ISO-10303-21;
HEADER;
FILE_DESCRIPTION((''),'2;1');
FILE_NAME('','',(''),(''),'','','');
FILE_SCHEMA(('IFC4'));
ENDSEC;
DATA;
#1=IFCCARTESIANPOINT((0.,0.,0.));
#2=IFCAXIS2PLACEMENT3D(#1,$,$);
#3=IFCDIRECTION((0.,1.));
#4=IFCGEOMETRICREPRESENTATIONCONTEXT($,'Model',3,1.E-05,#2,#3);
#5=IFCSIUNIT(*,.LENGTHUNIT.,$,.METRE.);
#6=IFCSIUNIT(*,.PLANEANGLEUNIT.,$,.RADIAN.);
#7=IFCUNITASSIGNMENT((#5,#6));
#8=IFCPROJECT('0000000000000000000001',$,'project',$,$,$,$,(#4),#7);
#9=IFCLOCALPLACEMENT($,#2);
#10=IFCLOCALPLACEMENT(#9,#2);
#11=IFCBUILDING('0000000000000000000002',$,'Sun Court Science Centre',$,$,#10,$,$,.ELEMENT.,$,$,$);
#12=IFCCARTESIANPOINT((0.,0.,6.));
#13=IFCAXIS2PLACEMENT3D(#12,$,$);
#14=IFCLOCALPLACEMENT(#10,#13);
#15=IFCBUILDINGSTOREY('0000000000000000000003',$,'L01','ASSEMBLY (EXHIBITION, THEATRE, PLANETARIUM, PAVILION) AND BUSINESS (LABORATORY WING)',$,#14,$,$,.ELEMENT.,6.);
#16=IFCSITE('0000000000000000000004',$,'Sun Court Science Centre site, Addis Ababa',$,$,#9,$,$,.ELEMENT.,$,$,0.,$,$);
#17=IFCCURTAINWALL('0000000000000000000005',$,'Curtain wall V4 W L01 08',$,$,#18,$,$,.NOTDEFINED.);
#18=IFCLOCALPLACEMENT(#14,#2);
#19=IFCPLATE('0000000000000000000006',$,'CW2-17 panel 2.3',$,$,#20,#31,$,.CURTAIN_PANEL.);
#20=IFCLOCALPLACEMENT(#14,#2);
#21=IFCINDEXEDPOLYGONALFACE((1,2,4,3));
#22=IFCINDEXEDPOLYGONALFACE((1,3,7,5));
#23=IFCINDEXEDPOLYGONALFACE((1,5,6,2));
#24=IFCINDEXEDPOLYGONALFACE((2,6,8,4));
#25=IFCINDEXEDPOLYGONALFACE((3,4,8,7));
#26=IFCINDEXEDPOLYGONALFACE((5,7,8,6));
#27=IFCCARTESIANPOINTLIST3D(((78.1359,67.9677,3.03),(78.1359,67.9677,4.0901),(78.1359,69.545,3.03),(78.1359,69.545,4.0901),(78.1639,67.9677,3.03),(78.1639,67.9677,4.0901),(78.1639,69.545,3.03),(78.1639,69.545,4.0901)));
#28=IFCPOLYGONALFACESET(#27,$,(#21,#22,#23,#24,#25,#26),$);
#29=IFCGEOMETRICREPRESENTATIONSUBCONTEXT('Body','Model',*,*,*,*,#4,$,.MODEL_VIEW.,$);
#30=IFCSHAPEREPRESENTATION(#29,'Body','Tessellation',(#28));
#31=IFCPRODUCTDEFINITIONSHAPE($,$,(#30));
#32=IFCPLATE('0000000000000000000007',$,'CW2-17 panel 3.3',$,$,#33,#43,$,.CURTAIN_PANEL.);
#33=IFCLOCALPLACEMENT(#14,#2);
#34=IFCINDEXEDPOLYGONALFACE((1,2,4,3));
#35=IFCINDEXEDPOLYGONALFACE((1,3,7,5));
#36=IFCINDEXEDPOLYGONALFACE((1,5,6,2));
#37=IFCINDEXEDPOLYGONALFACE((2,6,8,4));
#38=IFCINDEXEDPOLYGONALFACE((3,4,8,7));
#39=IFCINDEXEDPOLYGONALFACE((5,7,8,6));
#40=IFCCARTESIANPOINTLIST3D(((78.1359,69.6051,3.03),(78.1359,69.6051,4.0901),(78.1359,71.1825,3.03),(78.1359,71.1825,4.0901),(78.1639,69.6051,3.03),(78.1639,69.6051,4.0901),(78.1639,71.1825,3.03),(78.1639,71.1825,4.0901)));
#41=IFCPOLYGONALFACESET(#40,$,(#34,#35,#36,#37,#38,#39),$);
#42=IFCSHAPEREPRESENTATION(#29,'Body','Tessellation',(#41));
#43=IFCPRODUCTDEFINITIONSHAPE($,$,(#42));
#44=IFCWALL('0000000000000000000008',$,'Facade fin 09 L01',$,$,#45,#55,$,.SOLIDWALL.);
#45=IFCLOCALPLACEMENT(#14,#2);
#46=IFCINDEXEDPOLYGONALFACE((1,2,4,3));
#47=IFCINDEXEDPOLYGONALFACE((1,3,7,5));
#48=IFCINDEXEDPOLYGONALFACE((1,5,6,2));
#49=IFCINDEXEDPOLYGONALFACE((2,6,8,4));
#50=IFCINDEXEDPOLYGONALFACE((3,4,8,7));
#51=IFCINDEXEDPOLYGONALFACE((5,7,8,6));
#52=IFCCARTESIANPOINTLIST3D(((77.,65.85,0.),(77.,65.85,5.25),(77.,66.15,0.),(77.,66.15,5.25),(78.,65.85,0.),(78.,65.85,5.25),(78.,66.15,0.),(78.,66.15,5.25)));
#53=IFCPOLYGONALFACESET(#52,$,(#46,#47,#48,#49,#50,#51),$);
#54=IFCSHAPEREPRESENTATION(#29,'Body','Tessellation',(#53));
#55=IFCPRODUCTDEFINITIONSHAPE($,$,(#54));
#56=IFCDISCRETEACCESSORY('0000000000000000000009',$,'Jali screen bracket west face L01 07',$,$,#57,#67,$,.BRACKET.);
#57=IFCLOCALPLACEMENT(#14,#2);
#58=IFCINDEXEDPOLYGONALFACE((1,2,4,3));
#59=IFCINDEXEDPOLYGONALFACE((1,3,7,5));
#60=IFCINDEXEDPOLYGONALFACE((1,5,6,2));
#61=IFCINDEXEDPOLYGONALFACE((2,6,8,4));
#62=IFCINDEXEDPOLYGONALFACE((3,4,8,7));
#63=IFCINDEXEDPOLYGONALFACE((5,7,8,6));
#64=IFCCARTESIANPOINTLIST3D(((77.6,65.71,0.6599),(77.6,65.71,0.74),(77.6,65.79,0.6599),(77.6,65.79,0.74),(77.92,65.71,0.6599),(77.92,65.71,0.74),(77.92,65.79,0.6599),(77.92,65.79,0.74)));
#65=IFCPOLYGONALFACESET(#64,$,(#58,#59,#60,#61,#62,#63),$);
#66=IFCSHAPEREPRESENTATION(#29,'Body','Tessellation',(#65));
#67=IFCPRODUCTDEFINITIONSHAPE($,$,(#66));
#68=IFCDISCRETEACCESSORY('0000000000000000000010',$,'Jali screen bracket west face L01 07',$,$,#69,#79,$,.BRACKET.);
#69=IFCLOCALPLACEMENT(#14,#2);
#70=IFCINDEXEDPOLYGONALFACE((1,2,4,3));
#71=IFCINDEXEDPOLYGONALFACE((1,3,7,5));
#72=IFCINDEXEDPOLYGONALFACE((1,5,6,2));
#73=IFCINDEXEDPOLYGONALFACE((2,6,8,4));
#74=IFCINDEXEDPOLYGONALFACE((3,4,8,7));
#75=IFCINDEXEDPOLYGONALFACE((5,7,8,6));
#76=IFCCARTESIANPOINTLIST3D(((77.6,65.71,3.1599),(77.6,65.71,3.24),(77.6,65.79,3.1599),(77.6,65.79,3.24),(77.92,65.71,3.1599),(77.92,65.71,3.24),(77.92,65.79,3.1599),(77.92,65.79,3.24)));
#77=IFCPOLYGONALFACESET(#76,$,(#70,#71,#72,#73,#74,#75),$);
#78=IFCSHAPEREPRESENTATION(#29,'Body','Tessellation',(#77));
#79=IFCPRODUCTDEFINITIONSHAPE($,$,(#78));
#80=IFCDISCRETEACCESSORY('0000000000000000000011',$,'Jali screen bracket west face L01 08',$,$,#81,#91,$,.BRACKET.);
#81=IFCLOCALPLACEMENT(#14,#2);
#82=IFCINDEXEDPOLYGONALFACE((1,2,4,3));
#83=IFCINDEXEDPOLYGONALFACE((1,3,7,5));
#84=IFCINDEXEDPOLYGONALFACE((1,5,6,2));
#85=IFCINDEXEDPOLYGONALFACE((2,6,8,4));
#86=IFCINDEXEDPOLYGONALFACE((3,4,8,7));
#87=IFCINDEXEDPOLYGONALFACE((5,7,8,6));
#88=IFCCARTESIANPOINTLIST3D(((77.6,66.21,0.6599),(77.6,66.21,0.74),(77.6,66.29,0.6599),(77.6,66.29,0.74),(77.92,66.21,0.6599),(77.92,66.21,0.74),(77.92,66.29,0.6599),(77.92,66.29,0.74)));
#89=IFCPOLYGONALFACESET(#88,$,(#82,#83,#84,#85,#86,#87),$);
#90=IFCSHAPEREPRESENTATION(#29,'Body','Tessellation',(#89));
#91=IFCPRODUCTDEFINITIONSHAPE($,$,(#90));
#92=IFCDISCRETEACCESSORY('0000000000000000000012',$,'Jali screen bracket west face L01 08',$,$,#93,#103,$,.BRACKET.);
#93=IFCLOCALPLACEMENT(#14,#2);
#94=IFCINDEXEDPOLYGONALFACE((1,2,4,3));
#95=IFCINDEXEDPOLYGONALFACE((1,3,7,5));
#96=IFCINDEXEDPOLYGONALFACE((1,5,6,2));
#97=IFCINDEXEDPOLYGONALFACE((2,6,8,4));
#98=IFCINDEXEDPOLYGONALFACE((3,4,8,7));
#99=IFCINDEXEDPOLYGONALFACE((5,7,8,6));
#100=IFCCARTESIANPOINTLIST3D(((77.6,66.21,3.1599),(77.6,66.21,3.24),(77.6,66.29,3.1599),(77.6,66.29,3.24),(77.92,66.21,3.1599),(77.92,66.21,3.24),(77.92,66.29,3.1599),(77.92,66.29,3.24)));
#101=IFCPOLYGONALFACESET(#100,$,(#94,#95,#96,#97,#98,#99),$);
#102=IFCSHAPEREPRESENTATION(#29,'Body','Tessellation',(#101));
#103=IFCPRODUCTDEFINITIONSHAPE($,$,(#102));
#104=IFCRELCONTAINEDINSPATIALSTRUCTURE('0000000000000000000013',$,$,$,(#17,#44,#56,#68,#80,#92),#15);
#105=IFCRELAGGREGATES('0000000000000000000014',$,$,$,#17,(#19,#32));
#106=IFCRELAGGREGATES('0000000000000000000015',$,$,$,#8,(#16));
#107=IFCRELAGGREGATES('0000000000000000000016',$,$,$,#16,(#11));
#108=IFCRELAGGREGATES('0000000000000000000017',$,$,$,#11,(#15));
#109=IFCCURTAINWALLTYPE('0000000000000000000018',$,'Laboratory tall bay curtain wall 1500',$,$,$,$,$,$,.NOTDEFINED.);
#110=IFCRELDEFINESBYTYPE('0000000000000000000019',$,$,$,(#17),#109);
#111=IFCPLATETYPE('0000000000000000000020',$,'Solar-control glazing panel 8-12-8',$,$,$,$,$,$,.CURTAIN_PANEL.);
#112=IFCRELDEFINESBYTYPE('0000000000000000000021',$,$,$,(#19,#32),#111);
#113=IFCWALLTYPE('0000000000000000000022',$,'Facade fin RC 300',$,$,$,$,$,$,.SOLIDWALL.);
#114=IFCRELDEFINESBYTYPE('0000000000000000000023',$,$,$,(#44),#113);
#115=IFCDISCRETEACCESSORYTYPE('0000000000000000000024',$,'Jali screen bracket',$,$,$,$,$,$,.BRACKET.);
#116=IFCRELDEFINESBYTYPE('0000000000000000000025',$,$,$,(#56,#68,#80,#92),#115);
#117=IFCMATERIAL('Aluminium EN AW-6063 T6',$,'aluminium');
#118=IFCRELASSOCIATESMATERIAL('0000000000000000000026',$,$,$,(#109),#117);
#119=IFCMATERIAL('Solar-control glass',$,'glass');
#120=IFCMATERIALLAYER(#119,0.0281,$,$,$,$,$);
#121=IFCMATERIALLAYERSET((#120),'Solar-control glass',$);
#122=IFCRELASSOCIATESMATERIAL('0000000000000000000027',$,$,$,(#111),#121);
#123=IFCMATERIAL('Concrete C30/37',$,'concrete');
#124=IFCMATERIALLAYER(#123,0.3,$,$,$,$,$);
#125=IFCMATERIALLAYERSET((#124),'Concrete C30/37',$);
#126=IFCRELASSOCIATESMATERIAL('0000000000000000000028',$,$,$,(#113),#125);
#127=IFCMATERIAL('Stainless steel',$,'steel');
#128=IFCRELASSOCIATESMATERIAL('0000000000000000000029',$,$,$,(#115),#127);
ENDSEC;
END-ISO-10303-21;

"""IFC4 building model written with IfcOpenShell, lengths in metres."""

from ifc_helpers import new_model, si_unit, direction, frame, frame_2d, origin, origin_2d, place, context, subcontext, project, spatial, rectangle, extrude, material, layer, layer_set, type_object, element, aggregate, save


model = new_model("IFC4")

# Units and contexts
model_context = context("Model", 3, precision=1e-05, world=origin(), true_north=direction((0.0, 1.0)))
body_context = subcontext(model_context, "Body", "Model", "MODEL_VIEW")
ifc_project = project(units=[si_unit("LENGTHUNIT", "METRE"), si_unit("PLANEANGLEUNIT", "RADIAN")], contexts=[model_context])

# Site, building, storey
site_placement = place(None, origin())
site = spatial("IfcSite", under=ifc_project, at=site_placement, Name="Sun Court Science Centre site, Addis Ababa", CompositionType="ELEMENT", RefElevation=0.0)
building_placement = place(site_placement, origin())
building = spatial("IfcBuilding", under=site, at=building_placement, Name="Sun Court Science Centre", CompositionType="ELEMENT")
storey_placement = place(building_placement, frame((0.0, 0.0, 6.0)))
storey = spatial("IfcBuildingStorey", under=building, at=storey_placement, Name="L01", Description="ASSEMBLY (EXHIBITION, THEATRE, PLANETARIUM, PAVILION) AND BUSINESS (LABORATORY WING)", CompositionType="ELEMENT", Elevation=6.0)

# Shared definitions
ifc_material_1 = material(Name="Aluminium EN AW-6063 T6", Category="aluminium")
curtain_wall_type = type_object("IfcCurtainWallType", Name="Laboratory tall bay curtain wall 1500", PredefinedType="NOTDEFINED", material=ifc_material_1)

# Curtain wall
curtain_wall_1_placement = place(storey_placement, origin())
curtain_wall_1 = element("IfcCurtainWall", 1, at=curtain_wall_1_placement, inside=storey, type_object=curtain_wall_type, Name="Curtain wall V4 W L01 08", PredefinedType="NOTDEFINED")

# Plates
ifc_material_2 = material(Name="Solar-control glass", Category="glass")
ifc_layer_1 = layer(ifc_material_2, 0.0281)
ifc_layer_set_1 = layer_set([ifc_layer_1], Name="Solar-control glass")
plate_type = type_object("IfcPlateType", Name="Solar-control glazing panel 8-12-8", PredefinedType="CURTAIN_PANEL", material=ifc_layer_set_1)
plate_1_placement = place(storey_placement, frame((78.1499, 68.7563, 3.03), z_axis=(0.0, 0.0, 1.0), x_axis=(0.0, 1.0, 0.0)))
plate_1 = element("IfcPlate", 2, at=plate_1_placement, type_object=plate_type, Name="CW2-17 panel 2.3", PredefinedType="CURTAIN_PANEL", context=body_context, shape_type="SweptSolid", body=[
    extrude(rectangle(XDim=1.5774, YDim=0.0281, at=origin_2d()), origin(), (0.0, 0.0, 1.0), 1.0601),
])
plate_2_placement = place(storey_placement, frame((78.1499, 70.3938, 3.03), z_axis=(0.0, 0.0, 1.0), x_axis=(0.0, 1.0, 0.0)))
plate_2 = element("IfcPlate", 3, at=plate_2_placement, type_object=plate_type, Name="CW2-17 panel 3.3", PredefinedType="CURTAIN_PANEL", context=body_context, shape_type="SweptSolid", body=[
    extrude(rectangle(XDim=1.5774, YDim=0.0281, at=origin_2d()), origin(), (0.0, 0.0, 1.0), 1.0601),
])
aggregate(curtain_wall_1, [plate_1, plate_2])

# Wall
ifc_material_3 = material(Name="Concrete C30/37", Category="concrete")
ifc_layer_2 = layer(ifc_material_3, 0.3)
ifc_layer_set_2 = layer_set([ifc_layer_2], Name="Concrete C30/37")
wall_type = type_object("IfcWallType", Name="Facade fin RC 300", PredefinedType="SOLIDWALL", material=ifc_layer_set_2)
wall_placement = place(storey_placement, frame((77.0, 66.0, 0.0), z_axis=(0.0, 0.0, 1.0), x_axis=(1.0, 0.0, 0.0)))
element("IfcWall", 4, at=wall_placement, inside=storey, type_object=wall_type, Name="Facade fin 09 L01", PredefinedType="SOLIDWALL", context=body_context, shape_type="SweptSolid", body=[
    extrude(rectangle(XDim=1.0, YDim=0.3, at=frame_2d((0.5, 0.0))), origin(), (0.0, 0.0, 1.0), 5.25),
])

# Discrete accessories
ifc_material_4 = material(Name="Stainless steel", Category="steel")
discrete_accessory_type = type_object("IfcDiscreteAccessoryType", Name="Jali screen bracket", PredefinedType="BRACKET", material=ifc_material_4)
for number, where, z_axis, x_axis, name in (
    (5, (77.76, 65.75, 0.6599), (0.0, 0.0, 1.0), (0.0, 1.0, 0.0), "Jali screen bracket west face L01 07"),
    (6, (77.76, 65.75, 3.1599), (0.0, 0.0, 1.0), (0.0, 1.0, 0.0), "Jali screen bracket west face L01 07"),
    (7, (77.76, 66.25, 0.6599), (0.0, 0.0, 1.0), (0.0, 1.0, 0.0), "Jali screen bracket west face L01 08"),
    (8, (77.76, 66.25, 3.1599), (0.0, 0.0, 1.0), (0.0, 1.0, 0.0), "Jali screen bracket west face L01 08"),
):
    element("IfcDiscreteAccessory", number, at=place(storey_placement, frame(where, z_axis=z_axis, x_axis=x_axis)), inside=storey, type_object=discrete_accessory_type, Name=name, PredefinedType="BRACKET", context=body_context, shape_type="SweptSolid", body=[
        extrude(rectangle(XDim=0.0801, YDim=0.3201, at=origin_2d()), origin(), (0.0, 0.0, 1.0), 0.0801),
    ])

save(model, "model.ifc")
